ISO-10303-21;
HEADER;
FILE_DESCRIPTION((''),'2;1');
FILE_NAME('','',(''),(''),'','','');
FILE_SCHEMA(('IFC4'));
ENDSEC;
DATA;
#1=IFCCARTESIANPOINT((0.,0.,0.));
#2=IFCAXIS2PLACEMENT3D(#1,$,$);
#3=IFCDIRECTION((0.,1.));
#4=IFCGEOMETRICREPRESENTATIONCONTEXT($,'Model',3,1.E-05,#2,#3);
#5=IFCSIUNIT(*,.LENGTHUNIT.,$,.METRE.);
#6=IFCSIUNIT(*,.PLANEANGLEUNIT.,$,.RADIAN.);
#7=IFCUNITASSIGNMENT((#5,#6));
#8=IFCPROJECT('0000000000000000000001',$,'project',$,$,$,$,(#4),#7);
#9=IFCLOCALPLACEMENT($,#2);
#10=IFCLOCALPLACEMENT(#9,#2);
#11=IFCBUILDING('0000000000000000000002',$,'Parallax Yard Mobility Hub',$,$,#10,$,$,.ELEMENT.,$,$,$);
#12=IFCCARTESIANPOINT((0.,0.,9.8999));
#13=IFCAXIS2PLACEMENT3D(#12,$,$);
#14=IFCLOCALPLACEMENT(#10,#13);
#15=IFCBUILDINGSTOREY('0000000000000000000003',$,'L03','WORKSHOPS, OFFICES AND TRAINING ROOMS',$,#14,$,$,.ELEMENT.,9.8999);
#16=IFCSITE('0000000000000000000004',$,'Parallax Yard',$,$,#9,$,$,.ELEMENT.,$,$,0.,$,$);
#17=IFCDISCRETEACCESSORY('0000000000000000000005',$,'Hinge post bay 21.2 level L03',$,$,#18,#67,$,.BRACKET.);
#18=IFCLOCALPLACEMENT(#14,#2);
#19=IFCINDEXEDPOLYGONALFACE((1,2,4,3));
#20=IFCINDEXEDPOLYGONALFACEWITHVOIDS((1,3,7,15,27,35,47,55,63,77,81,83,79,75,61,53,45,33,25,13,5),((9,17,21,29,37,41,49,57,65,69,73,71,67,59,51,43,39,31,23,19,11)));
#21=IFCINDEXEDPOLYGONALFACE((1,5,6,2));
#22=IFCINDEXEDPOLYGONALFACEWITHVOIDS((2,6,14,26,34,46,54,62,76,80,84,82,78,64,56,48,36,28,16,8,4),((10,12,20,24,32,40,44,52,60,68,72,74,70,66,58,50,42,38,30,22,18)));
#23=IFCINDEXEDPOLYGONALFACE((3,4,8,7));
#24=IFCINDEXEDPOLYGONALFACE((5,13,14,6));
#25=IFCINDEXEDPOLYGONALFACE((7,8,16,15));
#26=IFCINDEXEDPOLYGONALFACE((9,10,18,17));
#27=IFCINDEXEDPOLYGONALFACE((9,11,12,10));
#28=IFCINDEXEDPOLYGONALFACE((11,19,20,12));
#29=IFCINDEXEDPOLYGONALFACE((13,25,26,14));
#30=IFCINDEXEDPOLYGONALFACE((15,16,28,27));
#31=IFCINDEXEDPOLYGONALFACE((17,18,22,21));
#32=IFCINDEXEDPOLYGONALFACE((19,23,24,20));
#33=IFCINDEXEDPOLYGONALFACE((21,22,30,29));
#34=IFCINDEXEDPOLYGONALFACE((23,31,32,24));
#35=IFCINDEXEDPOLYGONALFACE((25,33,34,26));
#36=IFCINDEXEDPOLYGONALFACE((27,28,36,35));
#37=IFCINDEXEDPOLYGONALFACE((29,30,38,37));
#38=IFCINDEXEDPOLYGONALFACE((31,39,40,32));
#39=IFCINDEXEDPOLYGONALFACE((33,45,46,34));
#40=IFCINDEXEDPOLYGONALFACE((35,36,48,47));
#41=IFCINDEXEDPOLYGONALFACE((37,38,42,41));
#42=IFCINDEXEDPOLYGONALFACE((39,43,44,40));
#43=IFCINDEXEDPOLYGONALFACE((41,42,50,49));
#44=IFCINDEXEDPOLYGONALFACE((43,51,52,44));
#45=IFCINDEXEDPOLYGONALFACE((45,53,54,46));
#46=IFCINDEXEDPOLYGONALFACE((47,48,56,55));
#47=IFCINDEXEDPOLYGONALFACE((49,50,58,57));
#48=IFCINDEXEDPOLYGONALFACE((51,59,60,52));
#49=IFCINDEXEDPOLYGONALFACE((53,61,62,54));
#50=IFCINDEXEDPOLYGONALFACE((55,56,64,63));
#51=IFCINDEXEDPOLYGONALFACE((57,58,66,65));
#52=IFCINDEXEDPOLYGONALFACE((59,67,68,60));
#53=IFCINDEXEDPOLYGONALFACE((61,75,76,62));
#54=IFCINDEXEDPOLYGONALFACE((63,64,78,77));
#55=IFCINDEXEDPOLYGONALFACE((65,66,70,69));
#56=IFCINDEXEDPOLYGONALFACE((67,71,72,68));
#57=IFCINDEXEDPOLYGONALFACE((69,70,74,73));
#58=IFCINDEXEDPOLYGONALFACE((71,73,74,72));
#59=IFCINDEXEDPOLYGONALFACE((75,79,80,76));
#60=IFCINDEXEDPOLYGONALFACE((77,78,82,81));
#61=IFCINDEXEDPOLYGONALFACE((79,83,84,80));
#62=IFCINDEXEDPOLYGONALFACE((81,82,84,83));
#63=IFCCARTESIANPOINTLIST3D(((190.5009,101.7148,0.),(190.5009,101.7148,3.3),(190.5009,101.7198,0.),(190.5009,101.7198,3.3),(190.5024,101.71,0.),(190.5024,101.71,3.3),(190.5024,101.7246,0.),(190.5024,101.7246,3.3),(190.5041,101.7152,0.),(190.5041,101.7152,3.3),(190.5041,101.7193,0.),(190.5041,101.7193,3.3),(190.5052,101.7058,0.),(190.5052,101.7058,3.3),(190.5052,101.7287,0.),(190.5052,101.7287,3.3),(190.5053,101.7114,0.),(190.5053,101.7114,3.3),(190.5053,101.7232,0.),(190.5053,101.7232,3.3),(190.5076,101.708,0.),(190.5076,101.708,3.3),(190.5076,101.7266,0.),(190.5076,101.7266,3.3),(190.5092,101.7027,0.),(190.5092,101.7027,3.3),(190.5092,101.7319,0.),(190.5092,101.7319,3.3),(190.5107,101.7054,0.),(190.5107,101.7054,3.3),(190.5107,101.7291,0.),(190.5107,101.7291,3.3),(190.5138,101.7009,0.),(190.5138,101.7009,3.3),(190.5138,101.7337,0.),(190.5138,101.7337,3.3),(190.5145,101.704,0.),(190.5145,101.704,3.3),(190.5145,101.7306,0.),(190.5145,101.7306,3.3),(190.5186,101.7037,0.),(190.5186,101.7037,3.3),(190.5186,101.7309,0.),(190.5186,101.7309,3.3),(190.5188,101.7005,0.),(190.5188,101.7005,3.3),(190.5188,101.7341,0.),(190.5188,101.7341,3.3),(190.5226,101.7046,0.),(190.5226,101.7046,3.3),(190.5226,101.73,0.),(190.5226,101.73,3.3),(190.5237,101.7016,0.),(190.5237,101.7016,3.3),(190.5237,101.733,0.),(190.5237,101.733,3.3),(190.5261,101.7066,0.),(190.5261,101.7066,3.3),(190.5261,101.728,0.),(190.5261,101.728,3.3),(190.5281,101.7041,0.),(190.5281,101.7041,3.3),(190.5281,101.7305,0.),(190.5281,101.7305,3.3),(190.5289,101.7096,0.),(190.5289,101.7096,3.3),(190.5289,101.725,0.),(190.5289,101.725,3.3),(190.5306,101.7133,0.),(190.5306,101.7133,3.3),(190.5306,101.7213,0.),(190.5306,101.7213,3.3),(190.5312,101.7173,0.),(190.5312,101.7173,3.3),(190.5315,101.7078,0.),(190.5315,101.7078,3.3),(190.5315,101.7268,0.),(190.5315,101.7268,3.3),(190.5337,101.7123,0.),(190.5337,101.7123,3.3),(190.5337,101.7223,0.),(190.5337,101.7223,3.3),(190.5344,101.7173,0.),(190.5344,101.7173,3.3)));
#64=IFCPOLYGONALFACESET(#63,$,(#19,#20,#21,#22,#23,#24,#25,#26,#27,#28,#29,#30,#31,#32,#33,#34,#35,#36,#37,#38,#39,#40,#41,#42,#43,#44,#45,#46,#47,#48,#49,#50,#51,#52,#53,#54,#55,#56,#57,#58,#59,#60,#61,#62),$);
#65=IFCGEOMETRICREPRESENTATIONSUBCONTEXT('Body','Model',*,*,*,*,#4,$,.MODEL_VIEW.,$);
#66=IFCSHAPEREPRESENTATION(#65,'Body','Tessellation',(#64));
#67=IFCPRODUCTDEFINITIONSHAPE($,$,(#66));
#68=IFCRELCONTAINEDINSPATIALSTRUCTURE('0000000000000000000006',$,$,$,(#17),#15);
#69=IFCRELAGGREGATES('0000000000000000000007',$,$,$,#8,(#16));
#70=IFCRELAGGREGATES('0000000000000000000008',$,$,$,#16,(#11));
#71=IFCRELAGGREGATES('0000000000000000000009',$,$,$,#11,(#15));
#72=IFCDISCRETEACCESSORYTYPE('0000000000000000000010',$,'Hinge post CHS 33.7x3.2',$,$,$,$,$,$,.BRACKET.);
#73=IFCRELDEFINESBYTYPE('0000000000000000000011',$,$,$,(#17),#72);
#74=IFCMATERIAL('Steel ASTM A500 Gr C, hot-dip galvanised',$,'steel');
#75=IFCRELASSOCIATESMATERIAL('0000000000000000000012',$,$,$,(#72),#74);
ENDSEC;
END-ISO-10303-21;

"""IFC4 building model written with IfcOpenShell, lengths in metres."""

from ifc_helpers import new_model, si_unit, direction, frame, origin, origin_2d, place, context, subcontext, project, spatial, hollow_circle, extrude, material, material_profile, profile_set, type_object, element, save


model = new_model("IFC4")

# Units and contexts
model_context = context("Model", 3, precision=1e-05, world=origin(), true_north=direction((0.0, 1.0)))
body_context = subcontext(model_context, "Body", "Model", "MODEL_VIEW")
ifc_project = project(units=[si_unit("LENGTHUNIT", "METRE"), si_unit("PLANEANGLEUNIT", "RADIAN")], contexts=[model_context])

# Site, building, storey
site_placement = place(None, origin())
site = spatial("IfcSite", under=ifc_project, at=site_placement, Name="Parallax Yard", CompositionType="ELEMENT", RefElevation=0.0)
building_placement = place(site_placement, origin())
building = spatial("IfcBuilding", under=site, at=building_placement, Name="Parallax Yard Mobility Hub", CompositionType="ELEMENT")
storey_placement = place(building_placement, frame((0.0, 0.0, 9.8999)))
storey = spatial("IfcBuildingStorey", under=building, at=storey_placement, Name="L03", Description="WORKSHOPS, OFFICES AND TRAINING ROOMS", CompositionType="ELEMENT", Elevation=9.8999)

# Discrete accessory
ifc_material_1 = material(Name="Steel ASTM A500 Gr C, hot-dip galvanised", Category="steel")
ifc_material_profile_1 = material_profile(ifc_material_1, hollow_circle(Radius=0.0168, WallThickness=0.0032, at=origin_2d()), Name="CHS 33.7x3.2")
ifc_profile_set_1 = profile_set([ifc_material_profile_1], Name="Steel ASTM A500 Gr C, hot-dip galvanised")
discrete_accessory_type_1 = type_object("IfcDiscreteAccessoryType", Name="Hinge post CHS 33.7x3.2", PredefinedType="BRACKET", material=ifc_profile_set_1)
for number, where, z_axis, x_axis, name in (
    (1, (190.5176, 101.7173, 0.0), (0.0, 0.0, 1.0), (1.0, 0.0, 0.0), "Hinge post bay 21.2 level L03"),
):
    element("IfcDiscreteAccessory", number, at=place(storey_placement, frame(where, z_axis=z_axis, x_axis=x_axis)), inside=storey, type_object=discrete_accessory_type_1, Name=name, PredefinedType="BRACKET", context=body_context, shape_type="SweptSolid", body=[
        extrude(hollow_circle(Radius=0.0168, WallThickness=0.0032, at=origin_2d()), origin(), (0.0, 0.0, 1.0), 3.3),
    ])

save(model, "model.ifc")
